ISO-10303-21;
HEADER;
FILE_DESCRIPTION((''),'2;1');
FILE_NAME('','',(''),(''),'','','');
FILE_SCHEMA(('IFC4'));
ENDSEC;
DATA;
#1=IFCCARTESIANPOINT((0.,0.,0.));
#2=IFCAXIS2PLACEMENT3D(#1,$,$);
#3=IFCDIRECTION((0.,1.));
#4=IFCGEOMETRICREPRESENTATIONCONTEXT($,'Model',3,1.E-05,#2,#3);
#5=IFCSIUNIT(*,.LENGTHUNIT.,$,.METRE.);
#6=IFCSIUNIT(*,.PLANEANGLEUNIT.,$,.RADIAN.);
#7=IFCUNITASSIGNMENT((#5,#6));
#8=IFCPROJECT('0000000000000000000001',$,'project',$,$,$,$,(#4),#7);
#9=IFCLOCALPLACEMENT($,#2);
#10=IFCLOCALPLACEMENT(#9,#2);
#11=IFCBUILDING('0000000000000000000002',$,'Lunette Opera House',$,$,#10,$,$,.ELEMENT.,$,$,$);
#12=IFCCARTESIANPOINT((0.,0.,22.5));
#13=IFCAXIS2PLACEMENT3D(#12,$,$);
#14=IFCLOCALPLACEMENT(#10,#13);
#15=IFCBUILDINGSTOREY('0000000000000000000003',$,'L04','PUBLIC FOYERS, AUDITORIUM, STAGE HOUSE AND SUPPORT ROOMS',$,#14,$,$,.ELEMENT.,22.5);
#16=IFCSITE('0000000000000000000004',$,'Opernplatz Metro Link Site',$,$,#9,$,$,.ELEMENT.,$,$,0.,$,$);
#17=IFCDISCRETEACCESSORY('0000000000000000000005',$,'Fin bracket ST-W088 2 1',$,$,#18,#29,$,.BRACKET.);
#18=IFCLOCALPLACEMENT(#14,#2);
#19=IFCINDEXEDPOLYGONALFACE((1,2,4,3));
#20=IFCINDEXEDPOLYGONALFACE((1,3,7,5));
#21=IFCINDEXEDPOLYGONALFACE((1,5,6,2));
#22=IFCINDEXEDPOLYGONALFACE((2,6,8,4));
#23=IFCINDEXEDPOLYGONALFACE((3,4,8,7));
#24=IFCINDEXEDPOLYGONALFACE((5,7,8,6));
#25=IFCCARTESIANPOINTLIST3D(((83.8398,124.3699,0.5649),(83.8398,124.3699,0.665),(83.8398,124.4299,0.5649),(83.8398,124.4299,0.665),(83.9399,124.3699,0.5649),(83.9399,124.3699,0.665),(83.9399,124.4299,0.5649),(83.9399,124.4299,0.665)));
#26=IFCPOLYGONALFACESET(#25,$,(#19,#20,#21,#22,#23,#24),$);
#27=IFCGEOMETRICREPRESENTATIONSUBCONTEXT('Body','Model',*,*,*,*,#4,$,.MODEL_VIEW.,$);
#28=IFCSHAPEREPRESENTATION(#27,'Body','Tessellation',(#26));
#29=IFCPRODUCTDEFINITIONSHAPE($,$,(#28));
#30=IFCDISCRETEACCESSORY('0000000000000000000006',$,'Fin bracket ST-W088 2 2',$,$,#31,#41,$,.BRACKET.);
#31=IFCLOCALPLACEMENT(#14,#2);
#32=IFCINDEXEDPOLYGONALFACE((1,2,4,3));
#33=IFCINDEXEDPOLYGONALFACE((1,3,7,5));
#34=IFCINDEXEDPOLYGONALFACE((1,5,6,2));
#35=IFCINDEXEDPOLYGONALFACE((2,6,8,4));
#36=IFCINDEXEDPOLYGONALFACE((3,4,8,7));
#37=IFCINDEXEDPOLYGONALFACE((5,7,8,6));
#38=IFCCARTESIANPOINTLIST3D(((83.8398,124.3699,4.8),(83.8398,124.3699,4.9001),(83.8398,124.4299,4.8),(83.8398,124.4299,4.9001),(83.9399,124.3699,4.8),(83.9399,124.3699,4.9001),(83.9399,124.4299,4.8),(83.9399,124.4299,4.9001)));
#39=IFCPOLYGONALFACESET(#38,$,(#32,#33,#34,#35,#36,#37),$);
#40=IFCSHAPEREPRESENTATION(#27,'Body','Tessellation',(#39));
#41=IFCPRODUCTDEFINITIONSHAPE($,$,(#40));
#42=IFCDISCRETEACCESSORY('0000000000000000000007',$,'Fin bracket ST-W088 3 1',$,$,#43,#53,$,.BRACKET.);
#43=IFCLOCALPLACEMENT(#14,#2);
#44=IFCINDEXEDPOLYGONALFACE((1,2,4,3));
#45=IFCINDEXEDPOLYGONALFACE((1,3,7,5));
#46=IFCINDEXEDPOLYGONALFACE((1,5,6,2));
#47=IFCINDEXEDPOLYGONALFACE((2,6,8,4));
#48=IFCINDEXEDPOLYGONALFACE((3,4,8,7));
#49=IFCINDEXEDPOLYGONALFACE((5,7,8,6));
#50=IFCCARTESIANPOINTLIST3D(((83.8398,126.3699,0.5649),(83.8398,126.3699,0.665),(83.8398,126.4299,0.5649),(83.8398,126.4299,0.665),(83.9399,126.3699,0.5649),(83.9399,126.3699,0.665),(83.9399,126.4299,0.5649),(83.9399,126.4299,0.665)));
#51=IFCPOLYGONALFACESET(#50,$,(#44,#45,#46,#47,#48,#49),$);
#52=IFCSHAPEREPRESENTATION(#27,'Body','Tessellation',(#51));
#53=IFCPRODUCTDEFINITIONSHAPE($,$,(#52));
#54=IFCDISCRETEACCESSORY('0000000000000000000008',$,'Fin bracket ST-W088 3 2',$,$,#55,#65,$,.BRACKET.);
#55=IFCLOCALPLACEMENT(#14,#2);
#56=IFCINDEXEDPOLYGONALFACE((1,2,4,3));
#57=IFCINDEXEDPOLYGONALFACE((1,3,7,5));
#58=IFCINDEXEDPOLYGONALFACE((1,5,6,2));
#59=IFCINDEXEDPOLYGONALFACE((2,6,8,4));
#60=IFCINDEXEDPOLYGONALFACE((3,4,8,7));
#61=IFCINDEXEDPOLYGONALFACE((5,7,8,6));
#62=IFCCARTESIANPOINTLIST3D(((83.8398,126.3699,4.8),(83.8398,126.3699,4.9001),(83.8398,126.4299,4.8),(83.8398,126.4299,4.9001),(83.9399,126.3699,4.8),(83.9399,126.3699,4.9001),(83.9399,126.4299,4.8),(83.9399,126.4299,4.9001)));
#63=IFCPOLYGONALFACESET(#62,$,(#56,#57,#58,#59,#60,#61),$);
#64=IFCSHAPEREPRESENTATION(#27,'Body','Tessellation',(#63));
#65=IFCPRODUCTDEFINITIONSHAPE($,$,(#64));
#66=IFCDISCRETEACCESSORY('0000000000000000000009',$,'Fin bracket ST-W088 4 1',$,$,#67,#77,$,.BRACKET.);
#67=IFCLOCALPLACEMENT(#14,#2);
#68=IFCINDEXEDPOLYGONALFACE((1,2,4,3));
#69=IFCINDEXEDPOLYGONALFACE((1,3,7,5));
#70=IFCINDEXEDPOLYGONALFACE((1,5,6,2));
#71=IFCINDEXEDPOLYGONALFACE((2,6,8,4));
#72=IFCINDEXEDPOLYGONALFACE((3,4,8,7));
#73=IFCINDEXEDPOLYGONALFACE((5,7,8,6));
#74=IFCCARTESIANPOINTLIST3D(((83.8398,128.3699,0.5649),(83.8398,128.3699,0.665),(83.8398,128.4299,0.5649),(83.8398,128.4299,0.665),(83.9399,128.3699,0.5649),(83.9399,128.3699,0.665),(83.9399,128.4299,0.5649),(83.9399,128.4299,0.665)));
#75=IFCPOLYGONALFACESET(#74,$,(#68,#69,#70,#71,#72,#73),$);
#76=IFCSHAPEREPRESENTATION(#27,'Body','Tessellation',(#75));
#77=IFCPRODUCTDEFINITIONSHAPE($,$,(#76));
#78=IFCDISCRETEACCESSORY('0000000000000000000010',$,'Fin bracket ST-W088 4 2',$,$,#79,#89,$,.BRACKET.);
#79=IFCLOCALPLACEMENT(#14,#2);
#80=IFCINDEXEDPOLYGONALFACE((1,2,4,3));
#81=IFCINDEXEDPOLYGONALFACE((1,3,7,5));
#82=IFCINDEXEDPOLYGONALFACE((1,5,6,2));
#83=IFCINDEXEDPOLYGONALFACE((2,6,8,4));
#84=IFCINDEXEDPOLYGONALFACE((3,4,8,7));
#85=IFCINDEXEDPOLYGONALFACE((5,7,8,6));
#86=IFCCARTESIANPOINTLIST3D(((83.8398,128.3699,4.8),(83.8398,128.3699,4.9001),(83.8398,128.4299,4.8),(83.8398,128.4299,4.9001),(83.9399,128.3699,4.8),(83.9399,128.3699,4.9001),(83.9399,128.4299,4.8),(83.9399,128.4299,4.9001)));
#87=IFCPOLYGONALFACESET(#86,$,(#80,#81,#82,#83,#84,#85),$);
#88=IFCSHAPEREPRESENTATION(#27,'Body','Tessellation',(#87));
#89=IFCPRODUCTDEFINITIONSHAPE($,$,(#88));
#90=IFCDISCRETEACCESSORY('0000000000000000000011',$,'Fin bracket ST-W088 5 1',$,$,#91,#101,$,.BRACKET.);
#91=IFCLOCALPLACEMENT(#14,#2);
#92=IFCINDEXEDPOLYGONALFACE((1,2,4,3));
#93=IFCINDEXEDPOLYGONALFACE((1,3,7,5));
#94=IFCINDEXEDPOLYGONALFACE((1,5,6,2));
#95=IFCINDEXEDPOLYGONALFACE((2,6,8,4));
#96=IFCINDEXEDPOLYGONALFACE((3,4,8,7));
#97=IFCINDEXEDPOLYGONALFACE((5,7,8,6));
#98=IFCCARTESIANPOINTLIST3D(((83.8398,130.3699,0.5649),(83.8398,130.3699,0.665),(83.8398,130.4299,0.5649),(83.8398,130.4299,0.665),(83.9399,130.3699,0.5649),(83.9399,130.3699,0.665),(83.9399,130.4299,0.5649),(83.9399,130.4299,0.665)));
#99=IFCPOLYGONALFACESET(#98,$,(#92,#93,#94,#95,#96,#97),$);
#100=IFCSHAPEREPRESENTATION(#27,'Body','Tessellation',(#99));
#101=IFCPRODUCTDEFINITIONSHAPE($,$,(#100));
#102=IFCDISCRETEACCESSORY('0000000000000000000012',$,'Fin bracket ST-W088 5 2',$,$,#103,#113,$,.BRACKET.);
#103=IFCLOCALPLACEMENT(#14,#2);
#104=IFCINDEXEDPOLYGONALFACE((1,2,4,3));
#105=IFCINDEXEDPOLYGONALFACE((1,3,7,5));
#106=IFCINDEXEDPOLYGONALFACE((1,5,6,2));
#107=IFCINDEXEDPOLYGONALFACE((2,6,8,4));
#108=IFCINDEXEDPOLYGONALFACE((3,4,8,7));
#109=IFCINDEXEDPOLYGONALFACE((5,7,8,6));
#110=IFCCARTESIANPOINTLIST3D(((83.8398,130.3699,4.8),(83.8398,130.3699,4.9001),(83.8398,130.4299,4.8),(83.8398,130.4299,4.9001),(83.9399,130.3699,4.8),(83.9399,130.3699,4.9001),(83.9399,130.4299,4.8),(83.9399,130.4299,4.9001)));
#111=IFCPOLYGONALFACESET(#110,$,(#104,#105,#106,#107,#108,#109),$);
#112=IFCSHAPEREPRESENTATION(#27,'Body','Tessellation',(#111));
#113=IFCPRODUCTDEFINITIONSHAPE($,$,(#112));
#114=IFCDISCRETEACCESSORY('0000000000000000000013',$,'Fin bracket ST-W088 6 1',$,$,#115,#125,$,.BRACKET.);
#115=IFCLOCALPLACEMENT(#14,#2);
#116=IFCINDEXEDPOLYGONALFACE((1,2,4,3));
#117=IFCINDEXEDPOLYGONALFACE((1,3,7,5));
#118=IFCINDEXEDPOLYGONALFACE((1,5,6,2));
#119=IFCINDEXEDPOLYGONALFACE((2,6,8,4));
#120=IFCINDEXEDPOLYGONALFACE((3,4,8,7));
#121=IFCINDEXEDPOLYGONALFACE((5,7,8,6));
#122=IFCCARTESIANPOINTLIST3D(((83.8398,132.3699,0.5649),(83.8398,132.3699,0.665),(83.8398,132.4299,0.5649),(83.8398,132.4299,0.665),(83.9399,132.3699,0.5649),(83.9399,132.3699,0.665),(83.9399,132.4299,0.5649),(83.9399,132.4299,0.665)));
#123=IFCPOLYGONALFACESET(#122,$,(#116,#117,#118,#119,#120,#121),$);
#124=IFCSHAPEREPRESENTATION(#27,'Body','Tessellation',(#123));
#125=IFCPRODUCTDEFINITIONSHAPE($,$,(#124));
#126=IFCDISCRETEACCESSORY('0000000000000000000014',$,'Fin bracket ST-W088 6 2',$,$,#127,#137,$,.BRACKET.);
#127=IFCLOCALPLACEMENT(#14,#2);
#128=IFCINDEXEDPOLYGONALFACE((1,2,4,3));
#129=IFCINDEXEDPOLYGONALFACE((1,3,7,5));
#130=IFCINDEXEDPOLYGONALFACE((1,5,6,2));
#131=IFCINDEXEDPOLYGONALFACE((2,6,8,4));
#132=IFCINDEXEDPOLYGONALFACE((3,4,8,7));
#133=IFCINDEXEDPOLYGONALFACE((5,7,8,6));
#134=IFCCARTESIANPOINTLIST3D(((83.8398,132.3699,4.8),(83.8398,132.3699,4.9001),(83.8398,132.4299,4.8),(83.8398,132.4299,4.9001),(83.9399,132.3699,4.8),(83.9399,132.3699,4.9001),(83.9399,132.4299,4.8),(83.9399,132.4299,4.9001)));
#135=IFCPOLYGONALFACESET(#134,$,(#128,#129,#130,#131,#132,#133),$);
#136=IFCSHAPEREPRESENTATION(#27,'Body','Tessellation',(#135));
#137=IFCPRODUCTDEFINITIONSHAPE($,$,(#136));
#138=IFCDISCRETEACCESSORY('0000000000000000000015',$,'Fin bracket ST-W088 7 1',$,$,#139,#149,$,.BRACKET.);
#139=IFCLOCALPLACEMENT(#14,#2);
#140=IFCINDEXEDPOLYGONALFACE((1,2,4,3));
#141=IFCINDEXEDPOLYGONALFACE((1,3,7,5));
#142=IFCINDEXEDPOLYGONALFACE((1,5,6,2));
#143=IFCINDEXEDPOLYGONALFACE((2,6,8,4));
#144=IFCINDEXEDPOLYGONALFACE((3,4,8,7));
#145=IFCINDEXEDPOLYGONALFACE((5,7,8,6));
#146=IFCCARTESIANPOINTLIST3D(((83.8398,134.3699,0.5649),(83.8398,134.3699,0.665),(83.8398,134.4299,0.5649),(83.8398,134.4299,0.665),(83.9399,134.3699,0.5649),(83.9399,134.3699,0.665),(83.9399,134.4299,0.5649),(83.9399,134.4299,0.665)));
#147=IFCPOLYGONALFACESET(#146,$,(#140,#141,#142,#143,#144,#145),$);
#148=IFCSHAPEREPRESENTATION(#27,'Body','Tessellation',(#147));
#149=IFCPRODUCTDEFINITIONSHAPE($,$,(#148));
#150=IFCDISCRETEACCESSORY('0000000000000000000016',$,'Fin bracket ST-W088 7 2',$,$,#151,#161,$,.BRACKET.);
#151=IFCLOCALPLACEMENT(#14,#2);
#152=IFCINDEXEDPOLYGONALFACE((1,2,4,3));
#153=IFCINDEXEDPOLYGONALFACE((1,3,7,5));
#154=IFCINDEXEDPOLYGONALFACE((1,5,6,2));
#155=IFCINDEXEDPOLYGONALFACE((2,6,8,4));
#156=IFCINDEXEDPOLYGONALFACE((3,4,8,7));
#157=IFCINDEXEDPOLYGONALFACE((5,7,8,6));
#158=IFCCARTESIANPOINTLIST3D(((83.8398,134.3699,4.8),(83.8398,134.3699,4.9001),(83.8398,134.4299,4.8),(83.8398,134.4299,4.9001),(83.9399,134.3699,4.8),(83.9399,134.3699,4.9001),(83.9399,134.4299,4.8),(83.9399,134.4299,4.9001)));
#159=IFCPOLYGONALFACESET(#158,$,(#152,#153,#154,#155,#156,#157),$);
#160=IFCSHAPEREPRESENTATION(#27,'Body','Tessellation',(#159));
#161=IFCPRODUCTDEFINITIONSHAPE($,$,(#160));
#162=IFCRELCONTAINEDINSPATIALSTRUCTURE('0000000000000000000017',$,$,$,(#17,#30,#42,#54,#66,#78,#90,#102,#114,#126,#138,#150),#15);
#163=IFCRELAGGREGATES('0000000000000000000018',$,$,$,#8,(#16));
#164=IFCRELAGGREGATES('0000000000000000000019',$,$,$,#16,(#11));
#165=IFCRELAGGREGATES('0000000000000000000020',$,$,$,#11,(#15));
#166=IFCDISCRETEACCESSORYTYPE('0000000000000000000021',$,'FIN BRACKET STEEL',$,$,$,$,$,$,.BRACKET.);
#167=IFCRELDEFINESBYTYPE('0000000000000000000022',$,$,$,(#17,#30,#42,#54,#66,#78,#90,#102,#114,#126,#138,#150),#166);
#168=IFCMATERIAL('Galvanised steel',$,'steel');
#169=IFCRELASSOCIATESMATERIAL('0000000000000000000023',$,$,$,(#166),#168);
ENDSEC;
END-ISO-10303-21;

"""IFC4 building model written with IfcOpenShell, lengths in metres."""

from ifc_helpers import new_model, si_unit, direction, frame, origin, origin_2d, place, context, subcontext, project, spatial, rectangle, extrude, material, type_object, element, save


model = new_model("IFC4")

# Units and contexts
model_context = context("Model", 3, precision=1e-05, world=origin(), true_north=direction((0.0, 1.0)))
body_context = subcontext(model_context, "Body", "Model", "MODEL_VIEW")
ifc_project = project(units=[si_unit("LENGTHUNIT", "METRE"), si_unit("PLANEANGLEUNIT", "RADIAN")], contexts=[model_context])

# Site, building, storey
site_placement = place(None, origin())
site = spatial("IfcSite", under=ifc_project, at=site_placement, Name="Opernplatz Metro Link Site", CompositionType="ELEMENT", RefElevation=0.0)
building_placement = place(site_placement, origin())
building = spatial("IfcBuilding", under=site, at=building_placement, Name="Lunette Opera House", CompositionType="ELEMENT")
storey_placement = place(building_placement, frame((0.0, 0.0, 22.5)))
storey = spatial("IfcBuildingStorey", under=building, at=storey_placement, Name="L04", Description="PUBLIC FOYERS, AUDITORIUM, STAGE HOUSE AND SUPPORT ROOMS", CompositionType="ELEMENT", Elevation=22.5)

# Discrete accessories
ifc_material_1 = material(Name="Galvanised steel", Category="steel")
discrete_accessory_type = type_object("IfcDiscreteAccessoryType", Name="FIN BRACKET STEEL", PredefinedType="BRACKET", material=ifc_material_1)
for number, where, z_axis, x_axis, name in (
    (1, (83.8899, 124.3999, 0.5649), (0.0, 0.0, 1.0), (-1.0, 0.0, 0.0), "Fin bracket ST-W088 2 1"),
    (2, (83.8899, 124.3999, 4.8), (0.0, 0.0, 1.0), (-1.0, 0.0, 0.0), "Fin bracket ST-W088 2 2"),
    (3, (83.8899, 126.3999, 0.5649), (0.0, 0.0, 1.0), (-1.0, 0.0, 0.0), "Fin bracket ST-W088 3 1"),
    (4, (83.8899, 126.3999, 4.8), (0.0, 0.0, 1.0), (-1.0, 0.0, 0.0), "Fin bracket ST-W088 3 2"),
    (5, (83.8899, 128.3999, 0.5649), (0.0, 0.0, 1.0), (-1.0, 0.0, 0.0), "Fin bracket ST-W088 4 1"),
    (6, (83.8899, 128.3999, 4.8), (0.0, 0.0, 1.0), (-1.0, 0.0, 0.0), "Fin bracket ST-W088 4 2"),
    (7, (83.8899, 130.3999, 0.5649), (0.0, 0.0, 1.0), (-1.0, 0.0, 0.0), "Fin bracket ST-W088 5 1"),
    (8, (83.8899, 130.3999, 4.8), (0.0, 0.0, 1.0), (-1.0, 0.0, 0.0), "Fin bracket ST-W088 5 2"),
    (9, (83.8899, 132.3999, 0.5649), (0.0, 0.0, 1.0), (-1.0, 0.0, 0.0), "Fin bracket ST-W088 6 1"),
    (10, (83.8899, 132.3999, 4.8), (0.0, 0.0, 1.0), (-1.0, 0.0, 0.0), "Fin bracket ST-W088 6 2"),
    (11, (83.8899, 134.3999, 0.5649), (0.0, 0.0, 1.0), (-1.0, 0.0, 0.0), "Fin bracket ST-W088 7 1"),
    (12, (83.8899, 134.3999, 4.8), (0.0, 0.0, 1.0), (-1.0, 0.0, 0.0), "Fin bracket ST-W088 7 2"),
):
    element("IfcDiscreteAccessory", number, at=place(storey_placement, frame(where, z_axis=z_axis, x_axis=x_axis)), inside=storey, type_object=discrete_accessory_type, Name=name, PredefinedType="BRACKET", context=body_context, shape_type="SweptSolid", body=[
        extrude(rectangle(XDim=0.1001, YDim=0.0601, at=origin_2d()), origin(), (0.0, 0.0, 1.0), 0.1001),
    ])

save(model, "model.ifc")
